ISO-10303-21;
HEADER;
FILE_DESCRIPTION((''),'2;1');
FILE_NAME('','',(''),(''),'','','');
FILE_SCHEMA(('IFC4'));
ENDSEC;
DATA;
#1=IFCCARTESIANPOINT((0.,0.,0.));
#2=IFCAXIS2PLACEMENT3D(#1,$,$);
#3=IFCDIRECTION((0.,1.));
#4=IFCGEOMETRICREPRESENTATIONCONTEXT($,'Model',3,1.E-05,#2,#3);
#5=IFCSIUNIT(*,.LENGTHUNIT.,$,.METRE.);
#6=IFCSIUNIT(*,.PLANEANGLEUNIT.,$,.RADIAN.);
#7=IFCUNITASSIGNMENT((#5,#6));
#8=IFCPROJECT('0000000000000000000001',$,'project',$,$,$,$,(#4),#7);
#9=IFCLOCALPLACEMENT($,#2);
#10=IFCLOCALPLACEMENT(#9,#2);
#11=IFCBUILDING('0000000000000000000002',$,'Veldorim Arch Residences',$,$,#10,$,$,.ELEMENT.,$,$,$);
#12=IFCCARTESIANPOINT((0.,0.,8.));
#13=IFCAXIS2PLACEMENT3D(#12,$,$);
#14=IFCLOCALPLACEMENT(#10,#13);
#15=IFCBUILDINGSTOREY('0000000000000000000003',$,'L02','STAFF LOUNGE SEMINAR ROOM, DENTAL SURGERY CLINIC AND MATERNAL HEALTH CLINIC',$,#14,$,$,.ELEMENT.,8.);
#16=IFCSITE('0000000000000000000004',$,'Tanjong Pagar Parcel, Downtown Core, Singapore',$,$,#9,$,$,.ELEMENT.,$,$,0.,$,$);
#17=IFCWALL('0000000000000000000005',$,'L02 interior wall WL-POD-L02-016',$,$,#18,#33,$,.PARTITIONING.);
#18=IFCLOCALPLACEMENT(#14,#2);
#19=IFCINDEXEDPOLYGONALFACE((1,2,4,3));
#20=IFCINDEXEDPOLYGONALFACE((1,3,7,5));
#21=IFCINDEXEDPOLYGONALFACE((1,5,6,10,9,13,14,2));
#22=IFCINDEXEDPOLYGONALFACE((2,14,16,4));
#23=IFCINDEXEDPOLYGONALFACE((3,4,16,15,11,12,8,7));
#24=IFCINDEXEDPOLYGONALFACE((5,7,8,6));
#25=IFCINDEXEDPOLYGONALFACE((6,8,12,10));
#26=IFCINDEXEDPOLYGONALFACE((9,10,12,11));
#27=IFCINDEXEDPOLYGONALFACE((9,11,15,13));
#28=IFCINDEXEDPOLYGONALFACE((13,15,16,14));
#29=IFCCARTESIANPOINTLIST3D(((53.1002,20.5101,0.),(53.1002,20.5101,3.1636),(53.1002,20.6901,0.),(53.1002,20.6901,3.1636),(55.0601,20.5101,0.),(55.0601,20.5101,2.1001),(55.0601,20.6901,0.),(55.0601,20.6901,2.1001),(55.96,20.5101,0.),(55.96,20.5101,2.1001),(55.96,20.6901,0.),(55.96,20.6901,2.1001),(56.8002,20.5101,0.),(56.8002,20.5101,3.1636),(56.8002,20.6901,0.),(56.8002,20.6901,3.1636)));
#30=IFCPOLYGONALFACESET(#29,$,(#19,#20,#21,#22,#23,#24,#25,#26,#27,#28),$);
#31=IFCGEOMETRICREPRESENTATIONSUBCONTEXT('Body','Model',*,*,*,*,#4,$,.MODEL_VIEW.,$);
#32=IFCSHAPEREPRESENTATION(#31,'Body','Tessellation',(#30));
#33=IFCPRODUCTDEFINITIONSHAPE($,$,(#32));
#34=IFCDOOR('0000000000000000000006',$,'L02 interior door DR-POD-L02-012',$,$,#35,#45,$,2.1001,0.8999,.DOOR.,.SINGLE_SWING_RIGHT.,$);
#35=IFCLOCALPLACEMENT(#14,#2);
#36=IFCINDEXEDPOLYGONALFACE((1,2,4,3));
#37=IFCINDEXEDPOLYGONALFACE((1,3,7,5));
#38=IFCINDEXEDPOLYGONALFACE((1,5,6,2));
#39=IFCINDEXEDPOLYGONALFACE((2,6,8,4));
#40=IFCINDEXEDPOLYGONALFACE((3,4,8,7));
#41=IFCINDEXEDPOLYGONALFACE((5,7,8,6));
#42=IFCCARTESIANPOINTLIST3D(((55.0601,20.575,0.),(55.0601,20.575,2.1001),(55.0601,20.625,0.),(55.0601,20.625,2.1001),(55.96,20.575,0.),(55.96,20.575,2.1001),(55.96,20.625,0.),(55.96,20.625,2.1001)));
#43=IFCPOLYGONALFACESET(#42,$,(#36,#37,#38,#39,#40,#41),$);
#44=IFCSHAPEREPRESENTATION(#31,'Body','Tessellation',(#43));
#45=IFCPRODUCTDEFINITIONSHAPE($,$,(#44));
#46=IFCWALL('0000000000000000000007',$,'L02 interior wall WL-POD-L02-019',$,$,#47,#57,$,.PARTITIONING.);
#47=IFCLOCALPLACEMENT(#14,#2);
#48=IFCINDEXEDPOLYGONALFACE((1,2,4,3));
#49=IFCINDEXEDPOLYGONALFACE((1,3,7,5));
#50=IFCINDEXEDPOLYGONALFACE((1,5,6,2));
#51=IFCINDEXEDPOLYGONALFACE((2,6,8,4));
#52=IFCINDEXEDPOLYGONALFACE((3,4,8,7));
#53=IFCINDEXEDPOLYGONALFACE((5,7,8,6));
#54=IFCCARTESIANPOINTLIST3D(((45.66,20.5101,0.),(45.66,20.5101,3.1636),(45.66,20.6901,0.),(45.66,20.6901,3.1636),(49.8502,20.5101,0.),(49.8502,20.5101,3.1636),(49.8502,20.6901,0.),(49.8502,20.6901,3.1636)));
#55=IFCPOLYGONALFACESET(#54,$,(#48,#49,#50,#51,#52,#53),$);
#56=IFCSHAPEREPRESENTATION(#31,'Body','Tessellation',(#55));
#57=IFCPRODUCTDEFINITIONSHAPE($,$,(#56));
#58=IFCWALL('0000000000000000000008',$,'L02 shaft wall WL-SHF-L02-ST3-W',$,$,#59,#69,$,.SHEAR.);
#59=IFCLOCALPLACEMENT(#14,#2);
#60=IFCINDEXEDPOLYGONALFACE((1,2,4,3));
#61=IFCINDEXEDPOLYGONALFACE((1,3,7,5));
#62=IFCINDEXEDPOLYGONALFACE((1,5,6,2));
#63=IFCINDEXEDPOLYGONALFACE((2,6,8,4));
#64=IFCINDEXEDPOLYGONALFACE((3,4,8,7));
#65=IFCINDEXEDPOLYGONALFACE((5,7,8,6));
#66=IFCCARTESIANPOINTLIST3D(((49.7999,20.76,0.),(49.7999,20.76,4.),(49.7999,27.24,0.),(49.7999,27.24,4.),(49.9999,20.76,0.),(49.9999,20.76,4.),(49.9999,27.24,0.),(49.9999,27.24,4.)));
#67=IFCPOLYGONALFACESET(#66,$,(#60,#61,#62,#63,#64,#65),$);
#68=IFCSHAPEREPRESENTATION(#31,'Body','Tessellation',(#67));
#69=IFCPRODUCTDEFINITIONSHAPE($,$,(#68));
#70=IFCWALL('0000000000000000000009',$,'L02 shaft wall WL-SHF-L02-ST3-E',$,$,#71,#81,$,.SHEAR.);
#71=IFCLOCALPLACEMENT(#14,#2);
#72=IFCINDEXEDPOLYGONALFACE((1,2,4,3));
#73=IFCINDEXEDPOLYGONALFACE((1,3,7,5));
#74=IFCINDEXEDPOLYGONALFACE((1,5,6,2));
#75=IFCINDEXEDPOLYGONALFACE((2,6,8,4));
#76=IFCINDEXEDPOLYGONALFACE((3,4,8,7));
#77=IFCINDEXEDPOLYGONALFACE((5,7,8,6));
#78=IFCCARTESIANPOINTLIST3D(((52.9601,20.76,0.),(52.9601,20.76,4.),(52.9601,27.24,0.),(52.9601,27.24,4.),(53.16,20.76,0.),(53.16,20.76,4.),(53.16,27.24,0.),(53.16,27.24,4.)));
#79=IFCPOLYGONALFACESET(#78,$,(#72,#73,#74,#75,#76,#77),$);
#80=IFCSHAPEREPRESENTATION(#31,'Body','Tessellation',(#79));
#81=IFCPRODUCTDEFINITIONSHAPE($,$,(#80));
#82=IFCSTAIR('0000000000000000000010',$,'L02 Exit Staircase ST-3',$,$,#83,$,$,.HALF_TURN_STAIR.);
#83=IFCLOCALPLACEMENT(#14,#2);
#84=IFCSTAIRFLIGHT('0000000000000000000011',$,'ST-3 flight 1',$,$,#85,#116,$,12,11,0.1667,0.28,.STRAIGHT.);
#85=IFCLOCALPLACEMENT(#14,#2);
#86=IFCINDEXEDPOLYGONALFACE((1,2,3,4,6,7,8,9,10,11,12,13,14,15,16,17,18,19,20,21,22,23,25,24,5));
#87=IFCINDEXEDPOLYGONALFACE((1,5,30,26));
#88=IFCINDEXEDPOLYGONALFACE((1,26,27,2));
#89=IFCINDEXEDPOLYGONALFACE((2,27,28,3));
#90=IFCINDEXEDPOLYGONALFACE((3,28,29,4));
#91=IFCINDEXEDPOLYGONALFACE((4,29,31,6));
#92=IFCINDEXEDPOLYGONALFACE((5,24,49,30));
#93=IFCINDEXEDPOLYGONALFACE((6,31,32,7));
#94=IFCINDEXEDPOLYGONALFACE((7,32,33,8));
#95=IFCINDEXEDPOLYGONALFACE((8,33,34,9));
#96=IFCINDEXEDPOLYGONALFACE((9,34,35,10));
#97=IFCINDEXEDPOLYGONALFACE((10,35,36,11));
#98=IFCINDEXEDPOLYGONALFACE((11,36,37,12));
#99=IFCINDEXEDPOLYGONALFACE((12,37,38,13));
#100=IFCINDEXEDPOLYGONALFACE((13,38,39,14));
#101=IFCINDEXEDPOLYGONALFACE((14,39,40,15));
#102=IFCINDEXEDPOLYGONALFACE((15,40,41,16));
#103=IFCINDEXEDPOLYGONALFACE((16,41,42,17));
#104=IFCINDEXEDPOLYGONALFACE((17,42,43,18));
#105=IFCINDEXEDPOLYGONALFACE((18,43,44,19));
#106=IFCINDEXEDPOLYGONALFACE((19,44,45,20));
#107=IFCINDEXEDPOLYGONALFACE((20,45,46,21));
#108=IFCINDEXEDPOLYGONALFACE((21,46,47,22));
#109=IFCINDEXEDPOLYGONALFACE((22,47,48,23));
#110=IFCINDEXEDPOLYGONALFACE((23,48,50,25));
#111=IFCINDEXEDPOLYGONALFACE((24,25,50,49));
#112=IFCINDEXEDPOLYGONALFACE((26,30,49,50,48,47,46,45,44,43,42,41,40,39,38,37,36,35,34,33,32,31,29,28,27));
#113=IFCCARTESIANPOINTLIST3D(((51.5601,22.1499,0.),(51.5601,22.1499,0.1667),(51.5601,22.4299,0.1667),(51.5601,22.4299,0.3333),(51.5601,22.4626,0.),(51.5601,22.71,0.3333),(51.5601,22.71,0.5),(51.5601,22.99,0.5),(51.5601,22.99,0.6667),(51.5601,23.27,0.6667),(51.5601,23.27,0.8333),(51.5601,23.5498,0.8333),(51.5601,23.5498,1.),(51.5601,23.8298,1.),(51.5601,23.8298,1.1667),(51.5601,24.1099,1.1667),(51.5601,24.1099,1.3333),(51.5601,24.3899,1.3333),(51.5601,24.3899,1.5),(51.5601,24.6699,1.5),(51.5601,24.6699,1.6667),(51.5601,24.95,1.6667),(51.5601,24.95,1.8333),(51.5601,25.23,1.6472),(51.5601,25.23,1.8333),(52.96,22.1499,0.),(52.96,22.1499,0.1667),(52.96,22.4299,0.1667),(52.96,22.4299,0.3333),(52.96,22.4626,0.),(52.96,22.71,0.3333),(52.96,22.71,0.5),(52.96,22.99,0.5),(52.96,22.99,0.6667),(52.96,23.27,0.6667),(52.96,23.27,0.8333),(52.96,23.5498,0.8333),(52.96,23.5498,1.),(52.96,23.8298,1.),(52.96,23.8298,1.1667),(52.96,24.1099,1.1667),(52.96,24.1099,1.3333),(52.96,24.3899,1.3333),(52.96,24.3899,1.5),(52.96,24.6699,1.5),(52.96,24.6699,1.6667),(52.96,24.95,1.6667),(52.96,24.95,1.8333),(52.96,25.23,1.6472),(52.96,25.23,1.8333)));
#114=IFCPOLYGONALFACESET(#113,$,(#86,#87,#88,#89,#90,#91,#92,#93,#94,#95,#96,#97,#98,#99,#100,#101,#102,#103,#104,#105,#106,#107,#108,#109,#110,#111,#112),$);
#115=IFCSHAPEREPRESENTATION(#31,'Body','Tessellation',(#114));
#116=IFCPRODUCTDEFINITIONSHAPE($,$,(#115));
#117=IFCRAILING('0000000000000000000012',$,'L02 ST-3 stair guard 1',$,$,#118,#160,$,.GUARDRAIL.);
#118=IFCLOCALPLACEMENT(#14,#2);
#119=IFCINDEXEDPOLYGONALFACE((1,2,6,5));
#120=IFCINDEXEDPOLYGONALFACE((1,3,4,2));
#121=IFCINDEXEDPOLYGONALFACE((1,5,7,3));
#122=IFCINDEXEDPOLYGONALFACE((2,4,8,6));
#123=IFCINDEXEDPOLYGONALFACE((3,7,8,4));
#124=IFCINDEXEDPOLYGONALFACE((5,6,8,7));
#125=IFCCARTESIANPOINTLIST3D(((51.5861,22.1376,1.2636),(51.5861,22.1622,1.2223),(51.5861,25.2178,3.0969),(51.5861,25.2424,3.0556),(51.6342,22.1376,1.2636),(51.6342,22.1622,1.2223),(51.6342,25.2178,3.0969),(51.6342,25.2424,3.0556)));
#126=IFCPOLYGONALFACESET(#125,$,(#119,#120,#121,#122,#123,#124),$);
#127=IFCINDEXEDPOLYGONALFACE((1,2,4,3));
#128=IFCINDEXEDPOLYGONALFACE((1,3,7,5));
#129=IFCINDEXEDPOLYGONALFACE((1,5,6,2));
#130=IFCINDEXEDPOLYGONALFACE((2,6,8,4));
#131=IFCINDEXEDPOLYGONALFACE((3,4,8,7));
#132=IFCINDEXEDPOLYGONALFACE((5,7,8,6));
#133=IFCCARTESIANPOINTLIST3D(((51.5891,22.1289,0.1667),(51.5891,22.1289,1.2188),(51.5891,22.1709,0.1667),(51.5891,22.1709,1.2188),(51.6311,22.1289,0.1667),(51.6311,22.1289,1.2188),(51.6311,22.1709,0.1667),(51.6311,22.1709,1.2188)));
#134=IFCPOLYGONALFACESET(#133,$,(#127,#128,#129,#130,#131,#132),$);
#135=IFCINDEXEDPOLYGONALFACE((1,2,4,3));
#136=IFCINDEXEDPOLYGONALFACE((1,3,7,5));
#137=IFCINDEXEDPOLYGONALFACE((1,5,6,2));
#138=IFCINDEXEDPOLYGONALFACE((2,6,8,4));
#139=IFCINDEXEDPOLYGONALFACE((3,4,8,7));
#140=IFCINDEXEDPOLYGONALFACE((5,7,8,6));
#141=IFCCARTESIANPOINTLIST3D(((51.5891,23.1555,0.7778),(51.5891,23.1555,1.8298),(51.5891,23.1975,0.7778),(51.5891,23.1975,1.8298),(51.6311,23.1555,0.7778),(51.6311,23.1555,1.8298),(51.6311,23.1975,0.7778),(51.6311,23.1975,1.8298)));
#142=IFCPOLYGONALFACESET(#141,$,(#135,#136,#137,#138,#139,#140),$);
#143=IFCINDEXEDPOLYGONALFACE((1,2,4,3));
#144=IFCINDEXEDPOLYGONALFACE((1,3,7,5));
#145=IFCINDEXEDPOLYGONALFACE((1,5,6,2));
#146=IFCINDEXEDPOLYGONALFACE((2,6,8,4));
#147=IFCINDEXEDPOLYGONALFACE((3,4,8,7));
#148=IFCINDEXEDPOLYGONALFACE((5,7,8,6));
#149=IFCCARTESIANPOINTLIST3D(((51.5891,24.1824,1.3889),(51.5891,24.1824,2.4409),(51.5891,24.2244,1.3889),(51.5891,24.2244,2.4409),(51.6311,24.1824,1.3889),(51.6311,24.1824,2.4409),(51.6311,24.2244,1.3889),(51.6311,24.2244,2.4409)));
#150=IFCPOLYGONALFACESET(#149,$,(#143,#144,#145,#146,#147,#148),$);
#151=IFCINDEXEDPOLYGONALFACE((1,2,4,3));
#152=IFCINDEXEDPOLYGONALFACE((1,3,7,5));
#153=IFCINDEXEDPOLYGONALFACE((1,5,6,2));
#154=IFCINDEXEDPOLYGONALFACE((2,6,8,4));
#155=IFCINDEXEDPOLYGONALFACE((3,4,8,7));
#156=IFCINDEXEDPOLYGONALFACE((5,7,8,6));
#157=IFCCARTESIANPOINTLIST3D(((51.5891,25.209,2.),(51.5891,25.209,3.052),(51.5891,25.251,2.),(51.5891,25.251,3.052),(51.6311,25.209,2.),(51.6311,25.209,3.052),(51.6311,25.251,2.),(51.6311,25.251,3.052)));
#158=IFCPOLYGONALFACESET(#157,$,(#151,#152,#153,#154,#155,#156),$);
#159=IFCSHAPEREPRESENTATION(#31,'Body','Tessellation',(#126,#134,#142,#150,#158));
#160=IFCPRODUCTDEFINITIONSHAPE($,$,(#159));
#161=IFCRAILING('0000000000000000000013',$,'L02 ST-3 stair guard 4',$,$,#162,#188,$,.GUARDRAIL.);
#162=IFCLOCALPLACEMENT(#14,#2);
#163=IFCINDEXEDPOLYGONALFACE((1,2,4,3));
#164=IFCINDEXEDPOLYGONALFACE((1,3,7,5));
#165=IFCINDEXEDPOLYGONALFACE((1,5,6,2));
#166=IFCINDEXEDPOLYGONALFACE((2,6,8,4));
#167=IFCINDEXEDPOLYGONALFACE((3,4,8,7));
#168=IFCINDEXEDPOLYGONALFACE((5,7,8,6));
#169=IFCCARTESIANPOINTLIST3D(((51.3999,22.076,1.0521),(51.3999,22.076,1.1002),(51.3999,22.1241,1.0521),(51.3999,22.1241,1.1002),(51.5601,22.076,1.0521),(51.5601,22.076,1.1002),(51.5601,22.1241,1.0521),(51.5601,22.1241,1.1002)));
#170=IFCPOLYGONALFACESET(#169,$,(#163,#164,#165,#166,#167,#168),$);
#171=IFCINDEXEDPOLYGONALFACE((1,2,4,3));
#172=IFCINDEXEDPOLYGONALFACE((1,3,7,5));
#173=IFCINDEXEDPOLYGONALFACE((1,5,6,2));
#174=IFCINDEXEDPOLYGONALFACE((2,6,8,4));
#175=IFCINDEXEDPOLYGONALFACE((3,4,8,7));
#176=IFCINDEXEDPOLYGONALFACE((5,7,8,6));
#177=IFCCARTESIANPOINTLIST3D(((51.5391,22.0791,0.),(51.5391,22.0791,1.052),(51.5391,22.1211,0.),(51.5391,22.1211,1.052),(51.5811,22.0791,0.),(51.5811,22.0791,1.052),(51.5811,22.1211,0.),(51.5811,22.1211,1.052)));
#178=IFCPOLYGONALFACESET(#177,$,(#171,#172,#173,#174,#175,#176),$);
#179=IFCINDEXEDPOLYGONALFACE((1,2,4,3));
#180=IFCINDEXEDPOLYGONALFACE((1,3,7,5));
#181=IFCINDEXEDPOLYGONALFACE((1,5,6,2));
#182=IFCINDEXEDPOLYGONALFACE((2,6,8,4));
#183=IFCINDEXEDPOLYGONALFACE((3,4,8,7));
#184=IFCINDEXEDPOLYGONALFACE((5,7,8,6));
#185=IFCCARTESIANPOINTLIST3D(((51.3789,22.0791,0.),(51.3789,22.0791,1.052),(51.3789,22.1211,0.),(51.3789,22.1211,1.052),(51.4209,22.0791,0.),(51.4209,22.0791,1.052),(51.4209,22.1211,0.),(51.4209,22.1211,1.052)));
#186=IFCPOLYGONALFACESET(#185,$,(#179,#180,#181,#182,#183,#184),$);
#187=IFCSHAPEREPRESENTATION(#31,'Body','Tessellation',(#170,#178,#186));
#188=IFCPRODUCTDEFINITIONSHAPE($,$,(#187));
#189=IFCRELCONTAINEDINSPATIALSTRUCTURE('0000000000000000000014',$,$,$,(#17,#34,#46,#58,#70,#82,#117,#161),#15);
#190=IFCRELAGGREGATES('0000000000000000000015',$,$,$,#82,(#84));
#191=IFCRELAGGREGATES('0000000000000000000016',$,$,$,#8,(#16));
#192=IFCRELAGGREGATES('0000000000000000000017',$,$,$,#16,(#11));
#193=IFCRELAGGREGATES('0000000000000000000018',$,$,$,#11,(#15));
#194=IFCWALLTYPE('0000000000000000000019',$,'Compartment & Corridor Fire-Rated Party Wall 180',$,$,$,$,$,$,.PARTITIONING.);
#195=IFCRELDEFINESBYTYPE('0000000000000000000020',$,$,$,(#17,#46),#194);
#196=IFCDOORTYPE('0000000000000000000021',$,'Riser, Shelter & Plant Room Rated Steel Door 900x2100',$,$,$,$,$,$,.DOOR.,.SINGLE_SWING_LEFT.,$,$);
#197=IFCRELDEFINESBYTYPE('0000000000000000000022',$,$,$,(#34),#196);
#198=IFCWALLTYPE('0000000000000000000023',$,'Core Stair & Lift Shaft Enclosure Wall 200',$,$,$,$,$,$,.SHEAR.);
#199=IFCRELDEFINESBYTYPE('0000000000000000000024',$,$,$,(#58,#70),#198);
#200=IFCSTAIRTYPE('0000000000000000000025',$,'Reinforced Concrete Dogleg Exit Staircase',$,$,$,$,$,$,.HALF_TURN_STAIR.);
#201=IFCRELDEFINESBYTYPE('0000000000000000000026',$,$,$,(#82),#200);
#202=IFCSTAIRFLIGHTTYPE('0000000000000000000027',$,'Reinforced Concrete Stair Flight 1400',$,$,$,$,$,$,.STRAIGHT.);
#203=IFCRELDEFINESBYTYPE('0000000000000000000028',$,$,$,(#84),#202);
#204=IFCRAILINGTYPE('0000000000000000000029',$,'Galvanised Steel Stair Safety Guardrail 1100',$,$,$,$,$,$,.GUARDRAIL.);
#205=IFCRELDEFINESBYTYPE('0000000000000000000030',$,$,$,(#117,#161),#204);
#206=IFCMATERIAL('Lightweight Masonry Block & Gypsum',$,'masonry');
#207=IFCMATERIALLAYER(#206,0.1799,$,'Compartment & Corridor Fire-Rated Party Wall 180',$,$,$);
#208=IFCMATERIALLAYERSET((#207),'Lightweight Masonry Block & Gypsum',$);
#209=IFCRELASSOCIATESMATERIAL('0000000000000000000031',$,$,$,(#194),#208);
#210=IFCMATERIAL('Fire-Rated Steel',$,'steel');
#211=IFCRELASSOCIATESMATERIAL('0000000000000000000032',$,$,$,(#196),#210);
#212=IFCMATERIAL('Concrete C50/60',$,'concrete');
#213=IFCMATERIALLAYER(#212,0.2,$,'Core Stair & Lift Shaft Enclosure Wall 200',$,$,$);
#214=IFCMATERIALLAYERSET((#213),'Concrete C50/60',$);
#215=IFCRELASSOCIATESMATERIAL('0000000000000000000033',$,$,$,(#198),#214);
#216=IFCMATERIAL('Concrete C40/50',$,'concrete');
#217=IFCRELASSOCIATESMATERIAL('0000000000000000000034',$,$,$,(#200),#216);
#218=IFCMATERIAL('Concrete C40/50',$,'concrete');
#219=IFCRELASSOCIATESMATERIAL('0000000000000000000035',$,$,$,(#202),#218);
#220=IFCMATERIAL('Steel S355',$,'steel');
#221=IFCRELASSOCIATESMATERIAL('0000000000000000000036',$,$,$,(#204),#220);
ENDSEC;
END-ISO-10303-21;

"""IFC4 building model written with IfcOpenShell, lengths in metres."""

from ifc_helpers import new_model, si_unit, direction, frame, frame_2d, origin, origin_2d, place, context, subcontext, project, spatial, polyline, rectangle, outline, extrude, material, layer, layer_set, type_object, element, fill, aggregate, save


model = new_model("IFC4")

# Units and contexts
model_context = context("Model", 3, precision=1e-05, world=origin(), true_north=direction((0.0, 1.0)))
body_context = subcontext(model_context, "Body", "Model", "MODEL_VIEW")
ifc_project = project(units=[si_unit("LENGTHUNIT", "METRE"), si_unit("PLANEANGLEUNIT", "RADIAN")], contexts=[model_context])

# Site, building, storey
site_placement = place(None, origin())
site = spatial("IfcSite", under=ifc_project, at=site_placement, Name="Tanjong Pagar Parcel, Downtown Core, Singapore", CompositionType="ELEMENT", RefElevation=0.0)
building_placement = place(site_placement, origin())
building = spatial("IfcBuilding", under=site, at=building_placement, Name="Veldorim Arch Residences", CompositionType="ELEMENT")
storey_placement = place(building_placement, frame((0.0, 0.0, 8.0)))
storey = spatial("IfcBuildingStorey", under=building, at=storey_placement, Name="L02", Description="STAFF LOUNGE SEMINAR ROOM, DENTAL SURGERY CLINIC AND MATERNAL HEALTH CLINIC", CompositionType="ELEMENT", Elevation=8.0)

# Shared definitions
ifc_material_1 = material(Name="Lightweight Masonry Block & Gypsum", Category="masonry")
ifc_layer_1 = layer(ifc_material_1, 0.1799, Name="Compartment & Corridor Fire-Rated Party Wall 180")
ifc_layer_set_1 = layer_set([ifc_layer_1], Name="Lightweight Masonry Block & Gypsum")
wall_type_1 = type_object("IfcWallType", Name="Compartment & Corridor Fire-Rated Party Wall 180", PredefinedType="PARTITIONING", material=ifc_layer_set_1)

# Wall, opening, door
wall_1_placement = place(storey_placement, frame((53.1001, 20.6001, 0.0), z_axis=(0.0, 0.0, 1.0), x_axis=(1.0, 0.0, 0.0)))
wall_1 = element("IfcWall", 1, at=wall_1_placement, inside=storey, type_object=wall_type_1, Name="L02 interior wall WL-POD-L02-016", PredefinedType="PARTITIONING", context=body_context, shape_type="SweptSolid", body=[
    extrude(rectangle(XDim=3.7, YDim=0.1799, at=frame_2d((1.8501, 0.0))), origin(), (0.0, 0.0, 1.0), 3.1636),
])
opening_1_placement = place(wall_1_placement, frame((1.96, 0.0, 0.0)))
opening_1 = element("IfcOpeningElement", 2, at=opening_1_placement, cuts=wall_1, PredefinedType="OPENING", context=body_context, shape_type="SweptSolid", body=[
    extrude(rectangle(XDim=0.8999, YDim=2.1001, at=frame_2d((0.45, 1.05))), frame((0.0, 0.0999, 0.0), z_axis=(0.0, -1.0, 0.0), x_axis=(1.0, 0.0, 0.0)), (0.0, 0.0, 1.0), 0.2),
])
ifc_material_2 = material(Name="Fire-Rated Steel", Category="steel")
door_type_1 = type_object("IfcDoorType", Name="Riser, Shelter & Plant Room Rated Steel Door 900x2100", OperationType="SINGLE_SWING_LEFT", PredefinedType="DOOR", material=ifc_material_2)
door_1_placement = place(opening_1_placement, origin())
door_1 = element("IfcDoor", 3, at=door_1_placement, inside=storey, type_object=door_type_1, Name="L02 interior door DR-POD-L02-012", OperationType="SINGLE_SWING_RIGHT", OverallHeight=2.1001, OverallWidth=0.8999, PredefinedType="DOOR", context=body_context, shape_type="SweptSolid", body=[
    extrude(rectangle(XDim=0.8999, YDim=2.1001, at=frame_2d((0.45, 1.05))), frame((0.0, 0.0249, 0.0), z_axis=(0.0, -1.0, 0.0), x_axis=(1.0, 0.0, 0.0)), (0.0, 0.0, 1.0), 0.05),
])
fill(opening_1, door_1)

# Walls
wall_2_placement = place(storey_placement, frame((45.6599, 20.6001, 0.0), z_axis=(0.0, 0.0, 1.0), x_axis=(1.0, 0.0, 0.0)))
element("IfcWall", 4, at=wall_2_placement, inside=storey, type_object=wall_type_1, Name="L02 interior wall WL-POD-L02-019", PredefinedType="PARTITIONING", context=body_context, shape_type="SweptSolid", body=[
    extrude(rectangle(XDim=4.1902, YDim=0.1799, at=frame_2d((2.0952, 0.0))), origin(), (0.0, 0.0, 1.0), 3.1636),
])
ifc_material_3 = material(Name="Concrete C50/60", Category="concrete")
ifc_layer_2 = layer(ifc_material_3, 0.2, Name="Core Stair & Lift Shaft Enclosure Wall 200")
ifc_layer_set_2 = layer_set([ifc_layer_2], Name="Concrete C50/60")
wall_type_2 = type_object("IfcWallType", Name="Core Stair & Lift Shaft Enclosure Wall 200", PredefinedType="SHEAR", material=ifc_layer_set_2)
for number, where, z_axis, x_axis, name in (
    (5, (49.8999, 20.76, 0.0), (0.0, 0.0, 1.0), (0.0, 1.0, 0.0), "L02 shaft wall WL-SHF-L02-ST3-W"),
    (6, (53.0601, 20.76, 0.0), (0.0, 0.0, 1.0), (0.0, 1.0, 0.0), "L02 shaft wall WL-SHF-L02-ST3-E"),
):
    element("IfcWall", number, at=place(storey_placement, frame(where, z_axis=z_axis, x_axis=x_axis)), inside=storey, type_object=wall_type_2, Name=name, PredefinedType="SHEAR", context=body_context, shape_type="SweptSolid", body=[
        extrude(rectangle(XDim=6.48, YDim=0.2, at=frame_2d((3.24, 0.0))), origin(), (0.0, 0.0, 1.0), 4.0),
    ])

# Stair, stair flight
ifc_material_4 = material(Name="Concrete C40/50", Category="concrete")
stair_type = type_object("IfcStairType", Name="Reinforced Concrete Dogleg Exit Staircase", PredefinedType="HALF_TURN_STAIR", material=ifc_material_4)
stair_placement = place(storey_placement, origin())
stair = element("IfcStair", 7, at=stair_placement, inside=storey, type_object=stair_type, Name="L02 Exit Staircase ST-3", PredefinedType="HALF_TURN_STAIR")
ifc_material_5 = material(Name="Concrete C40/50", Category="concrete")
stair_flight_type = type_object("IfcStairFlightType", Name="Reinforced Concrete Stair Flight 1400", PredefinedType="STRAIGHT", material=ifc_material_5)
stair_flight_placement = place(storey_placement, frame((52.26, 22.1499, 0.0), z_axis=(0.0, 0.0, 1.0), x_axis=(0.0, 1.0, 0.0)))
stair_flight = element("IfcStairFlight", 8, at=stair_flight_placement, type_object=stair_flight_type, Name="ST-3 flight 1", NumberOfRisers=12, NumberOfTreads=11, PredefinedType="STRAIGHT", RiserHeight=0.1667, TreadLength=0.28, context=body_context, shape_type="SweptSolid", body=[
    extrude(outline(polyline([(0.0, 0.0), (0.0, 0.1667), (0.28, 0.1667), (0.28, 0.3333), (0.5601, 0.3333), (0.5601, 0.5), (0.8401, 0.5), (0.8401, 0.6667), (1.1201, 0.6667), (1.1201, 0.8333), (1.3999, 0.8333), (1.3999, 1.0), (1.6799, 1.0), (1.6799, 1.1667), (1.96, 1.1667), (1.96, 1.3333), (2.24, 1.3333), (2.24, 1.5), (2.52, 1.5), (2.52, 1.6667), (2.8, 1.6667), (2.8, 1.8333), (3.0801, 1.8333), (3.0801, 2.0), (3.0801, 1.6472), (0.3127, 0.0), (0.0, 0.0)])), frame((0.0, 0.7, 0.0), z_axis=(0.0, -1.0, 0.0), x_axis=(1.0, 0.0, 0.0)), (0.0, 0.0, 1.0), 1.3999),
])
aggregate(stair, [stair_flight])

# Railings
ifc_material_6 = material(Name="Steel S355", Category="steel")
railing_type_1 = type_object("IfcRailingType", Name="Galvanised Steel Stair Safety Guardrail 1100", PredefinedType="GUARDRAIL", material=ifc_material_6)
railing_1_placement = place(storey_placement, frame((51.6101, 22.1499, 0.1667)))
element("IfcRailing", 9, at=railing_1_placement, inside=storey, type_object=railing_type_1, Name="L02 ST-3 stair guard 1", PredefinedType="GUARDRAIL", context=body_context, shape_type="SweptSolid", body=[
    extrude(rectangle(XDim=0.0481, YDim=0.0481, at=origin_2d()), frame((0.0, 0.0, 1.0762), z_axis=(0.0, 0.859309, 0.511458), x_axis=(-1.0, 0.0, 0.0)), (0.0, 0.0, 1.0), 3.5845),
    extrude(rectangle(XDim=0.042, YDim=0.042, at=origin_2d()), origin(), (0.0, 0.0, 1.0), 1.052),
    extrude(rectangle(XDim=0.042, YDim=0.042, at=origin_2d()), frame((0.0, 1.0266, 0.6111)), (0.0, 0.0, 1.0), 1.052),
    extrude(rectangle(XDim=0.042, YDim=0.042, at=origin_2d()), frame((0.0, 2.0535, 1.2222)), (0.0, 0.0, 1.0), 1.052),
    extrude(rectangle(XDim=0.042, YDim=0.042, at=origin_2d()), frame((0.0, 3.0801, 1.8333)), (0.0, 0.0, 1.0), 1.052),
])
railing_2_placement = place(storey_placement, frame((51.5601, 22.1001, 0.0)))
element("IfcRailing", 10, at=railing_2_placement, inside=storey, type_object=railing_type_1, Name="L02 ST-3 stair guard 4", PredefinedType="GUARDRAIL", context=body_context, shape_type="SweptSolid", body=[
    extrude(rectangle(XDim=0.0481, YDim=0.0481, at=origin_2d()), frame((0.0, 0.0, 1.0762), z_axis=(-1.0, 0.0, 0.0), x_axis=(0.0, -1.0, 0.0)), (0.0, 0.0, 1.0), 0.1602),
    extrude(rectangle(XDim=0.042, YDim=0.042, at=origin_2d()), origin(), (0.0, 0.0, 1.0), 1.052),
    extrude(rectangle(XDim=0.042, YDim=0.042, at=origin_2d()), frame((-0.1602, 0.0, 0.0)), (0.0, 0.0, 1.0), 1.052),
])

save(model, "model.ifc")
